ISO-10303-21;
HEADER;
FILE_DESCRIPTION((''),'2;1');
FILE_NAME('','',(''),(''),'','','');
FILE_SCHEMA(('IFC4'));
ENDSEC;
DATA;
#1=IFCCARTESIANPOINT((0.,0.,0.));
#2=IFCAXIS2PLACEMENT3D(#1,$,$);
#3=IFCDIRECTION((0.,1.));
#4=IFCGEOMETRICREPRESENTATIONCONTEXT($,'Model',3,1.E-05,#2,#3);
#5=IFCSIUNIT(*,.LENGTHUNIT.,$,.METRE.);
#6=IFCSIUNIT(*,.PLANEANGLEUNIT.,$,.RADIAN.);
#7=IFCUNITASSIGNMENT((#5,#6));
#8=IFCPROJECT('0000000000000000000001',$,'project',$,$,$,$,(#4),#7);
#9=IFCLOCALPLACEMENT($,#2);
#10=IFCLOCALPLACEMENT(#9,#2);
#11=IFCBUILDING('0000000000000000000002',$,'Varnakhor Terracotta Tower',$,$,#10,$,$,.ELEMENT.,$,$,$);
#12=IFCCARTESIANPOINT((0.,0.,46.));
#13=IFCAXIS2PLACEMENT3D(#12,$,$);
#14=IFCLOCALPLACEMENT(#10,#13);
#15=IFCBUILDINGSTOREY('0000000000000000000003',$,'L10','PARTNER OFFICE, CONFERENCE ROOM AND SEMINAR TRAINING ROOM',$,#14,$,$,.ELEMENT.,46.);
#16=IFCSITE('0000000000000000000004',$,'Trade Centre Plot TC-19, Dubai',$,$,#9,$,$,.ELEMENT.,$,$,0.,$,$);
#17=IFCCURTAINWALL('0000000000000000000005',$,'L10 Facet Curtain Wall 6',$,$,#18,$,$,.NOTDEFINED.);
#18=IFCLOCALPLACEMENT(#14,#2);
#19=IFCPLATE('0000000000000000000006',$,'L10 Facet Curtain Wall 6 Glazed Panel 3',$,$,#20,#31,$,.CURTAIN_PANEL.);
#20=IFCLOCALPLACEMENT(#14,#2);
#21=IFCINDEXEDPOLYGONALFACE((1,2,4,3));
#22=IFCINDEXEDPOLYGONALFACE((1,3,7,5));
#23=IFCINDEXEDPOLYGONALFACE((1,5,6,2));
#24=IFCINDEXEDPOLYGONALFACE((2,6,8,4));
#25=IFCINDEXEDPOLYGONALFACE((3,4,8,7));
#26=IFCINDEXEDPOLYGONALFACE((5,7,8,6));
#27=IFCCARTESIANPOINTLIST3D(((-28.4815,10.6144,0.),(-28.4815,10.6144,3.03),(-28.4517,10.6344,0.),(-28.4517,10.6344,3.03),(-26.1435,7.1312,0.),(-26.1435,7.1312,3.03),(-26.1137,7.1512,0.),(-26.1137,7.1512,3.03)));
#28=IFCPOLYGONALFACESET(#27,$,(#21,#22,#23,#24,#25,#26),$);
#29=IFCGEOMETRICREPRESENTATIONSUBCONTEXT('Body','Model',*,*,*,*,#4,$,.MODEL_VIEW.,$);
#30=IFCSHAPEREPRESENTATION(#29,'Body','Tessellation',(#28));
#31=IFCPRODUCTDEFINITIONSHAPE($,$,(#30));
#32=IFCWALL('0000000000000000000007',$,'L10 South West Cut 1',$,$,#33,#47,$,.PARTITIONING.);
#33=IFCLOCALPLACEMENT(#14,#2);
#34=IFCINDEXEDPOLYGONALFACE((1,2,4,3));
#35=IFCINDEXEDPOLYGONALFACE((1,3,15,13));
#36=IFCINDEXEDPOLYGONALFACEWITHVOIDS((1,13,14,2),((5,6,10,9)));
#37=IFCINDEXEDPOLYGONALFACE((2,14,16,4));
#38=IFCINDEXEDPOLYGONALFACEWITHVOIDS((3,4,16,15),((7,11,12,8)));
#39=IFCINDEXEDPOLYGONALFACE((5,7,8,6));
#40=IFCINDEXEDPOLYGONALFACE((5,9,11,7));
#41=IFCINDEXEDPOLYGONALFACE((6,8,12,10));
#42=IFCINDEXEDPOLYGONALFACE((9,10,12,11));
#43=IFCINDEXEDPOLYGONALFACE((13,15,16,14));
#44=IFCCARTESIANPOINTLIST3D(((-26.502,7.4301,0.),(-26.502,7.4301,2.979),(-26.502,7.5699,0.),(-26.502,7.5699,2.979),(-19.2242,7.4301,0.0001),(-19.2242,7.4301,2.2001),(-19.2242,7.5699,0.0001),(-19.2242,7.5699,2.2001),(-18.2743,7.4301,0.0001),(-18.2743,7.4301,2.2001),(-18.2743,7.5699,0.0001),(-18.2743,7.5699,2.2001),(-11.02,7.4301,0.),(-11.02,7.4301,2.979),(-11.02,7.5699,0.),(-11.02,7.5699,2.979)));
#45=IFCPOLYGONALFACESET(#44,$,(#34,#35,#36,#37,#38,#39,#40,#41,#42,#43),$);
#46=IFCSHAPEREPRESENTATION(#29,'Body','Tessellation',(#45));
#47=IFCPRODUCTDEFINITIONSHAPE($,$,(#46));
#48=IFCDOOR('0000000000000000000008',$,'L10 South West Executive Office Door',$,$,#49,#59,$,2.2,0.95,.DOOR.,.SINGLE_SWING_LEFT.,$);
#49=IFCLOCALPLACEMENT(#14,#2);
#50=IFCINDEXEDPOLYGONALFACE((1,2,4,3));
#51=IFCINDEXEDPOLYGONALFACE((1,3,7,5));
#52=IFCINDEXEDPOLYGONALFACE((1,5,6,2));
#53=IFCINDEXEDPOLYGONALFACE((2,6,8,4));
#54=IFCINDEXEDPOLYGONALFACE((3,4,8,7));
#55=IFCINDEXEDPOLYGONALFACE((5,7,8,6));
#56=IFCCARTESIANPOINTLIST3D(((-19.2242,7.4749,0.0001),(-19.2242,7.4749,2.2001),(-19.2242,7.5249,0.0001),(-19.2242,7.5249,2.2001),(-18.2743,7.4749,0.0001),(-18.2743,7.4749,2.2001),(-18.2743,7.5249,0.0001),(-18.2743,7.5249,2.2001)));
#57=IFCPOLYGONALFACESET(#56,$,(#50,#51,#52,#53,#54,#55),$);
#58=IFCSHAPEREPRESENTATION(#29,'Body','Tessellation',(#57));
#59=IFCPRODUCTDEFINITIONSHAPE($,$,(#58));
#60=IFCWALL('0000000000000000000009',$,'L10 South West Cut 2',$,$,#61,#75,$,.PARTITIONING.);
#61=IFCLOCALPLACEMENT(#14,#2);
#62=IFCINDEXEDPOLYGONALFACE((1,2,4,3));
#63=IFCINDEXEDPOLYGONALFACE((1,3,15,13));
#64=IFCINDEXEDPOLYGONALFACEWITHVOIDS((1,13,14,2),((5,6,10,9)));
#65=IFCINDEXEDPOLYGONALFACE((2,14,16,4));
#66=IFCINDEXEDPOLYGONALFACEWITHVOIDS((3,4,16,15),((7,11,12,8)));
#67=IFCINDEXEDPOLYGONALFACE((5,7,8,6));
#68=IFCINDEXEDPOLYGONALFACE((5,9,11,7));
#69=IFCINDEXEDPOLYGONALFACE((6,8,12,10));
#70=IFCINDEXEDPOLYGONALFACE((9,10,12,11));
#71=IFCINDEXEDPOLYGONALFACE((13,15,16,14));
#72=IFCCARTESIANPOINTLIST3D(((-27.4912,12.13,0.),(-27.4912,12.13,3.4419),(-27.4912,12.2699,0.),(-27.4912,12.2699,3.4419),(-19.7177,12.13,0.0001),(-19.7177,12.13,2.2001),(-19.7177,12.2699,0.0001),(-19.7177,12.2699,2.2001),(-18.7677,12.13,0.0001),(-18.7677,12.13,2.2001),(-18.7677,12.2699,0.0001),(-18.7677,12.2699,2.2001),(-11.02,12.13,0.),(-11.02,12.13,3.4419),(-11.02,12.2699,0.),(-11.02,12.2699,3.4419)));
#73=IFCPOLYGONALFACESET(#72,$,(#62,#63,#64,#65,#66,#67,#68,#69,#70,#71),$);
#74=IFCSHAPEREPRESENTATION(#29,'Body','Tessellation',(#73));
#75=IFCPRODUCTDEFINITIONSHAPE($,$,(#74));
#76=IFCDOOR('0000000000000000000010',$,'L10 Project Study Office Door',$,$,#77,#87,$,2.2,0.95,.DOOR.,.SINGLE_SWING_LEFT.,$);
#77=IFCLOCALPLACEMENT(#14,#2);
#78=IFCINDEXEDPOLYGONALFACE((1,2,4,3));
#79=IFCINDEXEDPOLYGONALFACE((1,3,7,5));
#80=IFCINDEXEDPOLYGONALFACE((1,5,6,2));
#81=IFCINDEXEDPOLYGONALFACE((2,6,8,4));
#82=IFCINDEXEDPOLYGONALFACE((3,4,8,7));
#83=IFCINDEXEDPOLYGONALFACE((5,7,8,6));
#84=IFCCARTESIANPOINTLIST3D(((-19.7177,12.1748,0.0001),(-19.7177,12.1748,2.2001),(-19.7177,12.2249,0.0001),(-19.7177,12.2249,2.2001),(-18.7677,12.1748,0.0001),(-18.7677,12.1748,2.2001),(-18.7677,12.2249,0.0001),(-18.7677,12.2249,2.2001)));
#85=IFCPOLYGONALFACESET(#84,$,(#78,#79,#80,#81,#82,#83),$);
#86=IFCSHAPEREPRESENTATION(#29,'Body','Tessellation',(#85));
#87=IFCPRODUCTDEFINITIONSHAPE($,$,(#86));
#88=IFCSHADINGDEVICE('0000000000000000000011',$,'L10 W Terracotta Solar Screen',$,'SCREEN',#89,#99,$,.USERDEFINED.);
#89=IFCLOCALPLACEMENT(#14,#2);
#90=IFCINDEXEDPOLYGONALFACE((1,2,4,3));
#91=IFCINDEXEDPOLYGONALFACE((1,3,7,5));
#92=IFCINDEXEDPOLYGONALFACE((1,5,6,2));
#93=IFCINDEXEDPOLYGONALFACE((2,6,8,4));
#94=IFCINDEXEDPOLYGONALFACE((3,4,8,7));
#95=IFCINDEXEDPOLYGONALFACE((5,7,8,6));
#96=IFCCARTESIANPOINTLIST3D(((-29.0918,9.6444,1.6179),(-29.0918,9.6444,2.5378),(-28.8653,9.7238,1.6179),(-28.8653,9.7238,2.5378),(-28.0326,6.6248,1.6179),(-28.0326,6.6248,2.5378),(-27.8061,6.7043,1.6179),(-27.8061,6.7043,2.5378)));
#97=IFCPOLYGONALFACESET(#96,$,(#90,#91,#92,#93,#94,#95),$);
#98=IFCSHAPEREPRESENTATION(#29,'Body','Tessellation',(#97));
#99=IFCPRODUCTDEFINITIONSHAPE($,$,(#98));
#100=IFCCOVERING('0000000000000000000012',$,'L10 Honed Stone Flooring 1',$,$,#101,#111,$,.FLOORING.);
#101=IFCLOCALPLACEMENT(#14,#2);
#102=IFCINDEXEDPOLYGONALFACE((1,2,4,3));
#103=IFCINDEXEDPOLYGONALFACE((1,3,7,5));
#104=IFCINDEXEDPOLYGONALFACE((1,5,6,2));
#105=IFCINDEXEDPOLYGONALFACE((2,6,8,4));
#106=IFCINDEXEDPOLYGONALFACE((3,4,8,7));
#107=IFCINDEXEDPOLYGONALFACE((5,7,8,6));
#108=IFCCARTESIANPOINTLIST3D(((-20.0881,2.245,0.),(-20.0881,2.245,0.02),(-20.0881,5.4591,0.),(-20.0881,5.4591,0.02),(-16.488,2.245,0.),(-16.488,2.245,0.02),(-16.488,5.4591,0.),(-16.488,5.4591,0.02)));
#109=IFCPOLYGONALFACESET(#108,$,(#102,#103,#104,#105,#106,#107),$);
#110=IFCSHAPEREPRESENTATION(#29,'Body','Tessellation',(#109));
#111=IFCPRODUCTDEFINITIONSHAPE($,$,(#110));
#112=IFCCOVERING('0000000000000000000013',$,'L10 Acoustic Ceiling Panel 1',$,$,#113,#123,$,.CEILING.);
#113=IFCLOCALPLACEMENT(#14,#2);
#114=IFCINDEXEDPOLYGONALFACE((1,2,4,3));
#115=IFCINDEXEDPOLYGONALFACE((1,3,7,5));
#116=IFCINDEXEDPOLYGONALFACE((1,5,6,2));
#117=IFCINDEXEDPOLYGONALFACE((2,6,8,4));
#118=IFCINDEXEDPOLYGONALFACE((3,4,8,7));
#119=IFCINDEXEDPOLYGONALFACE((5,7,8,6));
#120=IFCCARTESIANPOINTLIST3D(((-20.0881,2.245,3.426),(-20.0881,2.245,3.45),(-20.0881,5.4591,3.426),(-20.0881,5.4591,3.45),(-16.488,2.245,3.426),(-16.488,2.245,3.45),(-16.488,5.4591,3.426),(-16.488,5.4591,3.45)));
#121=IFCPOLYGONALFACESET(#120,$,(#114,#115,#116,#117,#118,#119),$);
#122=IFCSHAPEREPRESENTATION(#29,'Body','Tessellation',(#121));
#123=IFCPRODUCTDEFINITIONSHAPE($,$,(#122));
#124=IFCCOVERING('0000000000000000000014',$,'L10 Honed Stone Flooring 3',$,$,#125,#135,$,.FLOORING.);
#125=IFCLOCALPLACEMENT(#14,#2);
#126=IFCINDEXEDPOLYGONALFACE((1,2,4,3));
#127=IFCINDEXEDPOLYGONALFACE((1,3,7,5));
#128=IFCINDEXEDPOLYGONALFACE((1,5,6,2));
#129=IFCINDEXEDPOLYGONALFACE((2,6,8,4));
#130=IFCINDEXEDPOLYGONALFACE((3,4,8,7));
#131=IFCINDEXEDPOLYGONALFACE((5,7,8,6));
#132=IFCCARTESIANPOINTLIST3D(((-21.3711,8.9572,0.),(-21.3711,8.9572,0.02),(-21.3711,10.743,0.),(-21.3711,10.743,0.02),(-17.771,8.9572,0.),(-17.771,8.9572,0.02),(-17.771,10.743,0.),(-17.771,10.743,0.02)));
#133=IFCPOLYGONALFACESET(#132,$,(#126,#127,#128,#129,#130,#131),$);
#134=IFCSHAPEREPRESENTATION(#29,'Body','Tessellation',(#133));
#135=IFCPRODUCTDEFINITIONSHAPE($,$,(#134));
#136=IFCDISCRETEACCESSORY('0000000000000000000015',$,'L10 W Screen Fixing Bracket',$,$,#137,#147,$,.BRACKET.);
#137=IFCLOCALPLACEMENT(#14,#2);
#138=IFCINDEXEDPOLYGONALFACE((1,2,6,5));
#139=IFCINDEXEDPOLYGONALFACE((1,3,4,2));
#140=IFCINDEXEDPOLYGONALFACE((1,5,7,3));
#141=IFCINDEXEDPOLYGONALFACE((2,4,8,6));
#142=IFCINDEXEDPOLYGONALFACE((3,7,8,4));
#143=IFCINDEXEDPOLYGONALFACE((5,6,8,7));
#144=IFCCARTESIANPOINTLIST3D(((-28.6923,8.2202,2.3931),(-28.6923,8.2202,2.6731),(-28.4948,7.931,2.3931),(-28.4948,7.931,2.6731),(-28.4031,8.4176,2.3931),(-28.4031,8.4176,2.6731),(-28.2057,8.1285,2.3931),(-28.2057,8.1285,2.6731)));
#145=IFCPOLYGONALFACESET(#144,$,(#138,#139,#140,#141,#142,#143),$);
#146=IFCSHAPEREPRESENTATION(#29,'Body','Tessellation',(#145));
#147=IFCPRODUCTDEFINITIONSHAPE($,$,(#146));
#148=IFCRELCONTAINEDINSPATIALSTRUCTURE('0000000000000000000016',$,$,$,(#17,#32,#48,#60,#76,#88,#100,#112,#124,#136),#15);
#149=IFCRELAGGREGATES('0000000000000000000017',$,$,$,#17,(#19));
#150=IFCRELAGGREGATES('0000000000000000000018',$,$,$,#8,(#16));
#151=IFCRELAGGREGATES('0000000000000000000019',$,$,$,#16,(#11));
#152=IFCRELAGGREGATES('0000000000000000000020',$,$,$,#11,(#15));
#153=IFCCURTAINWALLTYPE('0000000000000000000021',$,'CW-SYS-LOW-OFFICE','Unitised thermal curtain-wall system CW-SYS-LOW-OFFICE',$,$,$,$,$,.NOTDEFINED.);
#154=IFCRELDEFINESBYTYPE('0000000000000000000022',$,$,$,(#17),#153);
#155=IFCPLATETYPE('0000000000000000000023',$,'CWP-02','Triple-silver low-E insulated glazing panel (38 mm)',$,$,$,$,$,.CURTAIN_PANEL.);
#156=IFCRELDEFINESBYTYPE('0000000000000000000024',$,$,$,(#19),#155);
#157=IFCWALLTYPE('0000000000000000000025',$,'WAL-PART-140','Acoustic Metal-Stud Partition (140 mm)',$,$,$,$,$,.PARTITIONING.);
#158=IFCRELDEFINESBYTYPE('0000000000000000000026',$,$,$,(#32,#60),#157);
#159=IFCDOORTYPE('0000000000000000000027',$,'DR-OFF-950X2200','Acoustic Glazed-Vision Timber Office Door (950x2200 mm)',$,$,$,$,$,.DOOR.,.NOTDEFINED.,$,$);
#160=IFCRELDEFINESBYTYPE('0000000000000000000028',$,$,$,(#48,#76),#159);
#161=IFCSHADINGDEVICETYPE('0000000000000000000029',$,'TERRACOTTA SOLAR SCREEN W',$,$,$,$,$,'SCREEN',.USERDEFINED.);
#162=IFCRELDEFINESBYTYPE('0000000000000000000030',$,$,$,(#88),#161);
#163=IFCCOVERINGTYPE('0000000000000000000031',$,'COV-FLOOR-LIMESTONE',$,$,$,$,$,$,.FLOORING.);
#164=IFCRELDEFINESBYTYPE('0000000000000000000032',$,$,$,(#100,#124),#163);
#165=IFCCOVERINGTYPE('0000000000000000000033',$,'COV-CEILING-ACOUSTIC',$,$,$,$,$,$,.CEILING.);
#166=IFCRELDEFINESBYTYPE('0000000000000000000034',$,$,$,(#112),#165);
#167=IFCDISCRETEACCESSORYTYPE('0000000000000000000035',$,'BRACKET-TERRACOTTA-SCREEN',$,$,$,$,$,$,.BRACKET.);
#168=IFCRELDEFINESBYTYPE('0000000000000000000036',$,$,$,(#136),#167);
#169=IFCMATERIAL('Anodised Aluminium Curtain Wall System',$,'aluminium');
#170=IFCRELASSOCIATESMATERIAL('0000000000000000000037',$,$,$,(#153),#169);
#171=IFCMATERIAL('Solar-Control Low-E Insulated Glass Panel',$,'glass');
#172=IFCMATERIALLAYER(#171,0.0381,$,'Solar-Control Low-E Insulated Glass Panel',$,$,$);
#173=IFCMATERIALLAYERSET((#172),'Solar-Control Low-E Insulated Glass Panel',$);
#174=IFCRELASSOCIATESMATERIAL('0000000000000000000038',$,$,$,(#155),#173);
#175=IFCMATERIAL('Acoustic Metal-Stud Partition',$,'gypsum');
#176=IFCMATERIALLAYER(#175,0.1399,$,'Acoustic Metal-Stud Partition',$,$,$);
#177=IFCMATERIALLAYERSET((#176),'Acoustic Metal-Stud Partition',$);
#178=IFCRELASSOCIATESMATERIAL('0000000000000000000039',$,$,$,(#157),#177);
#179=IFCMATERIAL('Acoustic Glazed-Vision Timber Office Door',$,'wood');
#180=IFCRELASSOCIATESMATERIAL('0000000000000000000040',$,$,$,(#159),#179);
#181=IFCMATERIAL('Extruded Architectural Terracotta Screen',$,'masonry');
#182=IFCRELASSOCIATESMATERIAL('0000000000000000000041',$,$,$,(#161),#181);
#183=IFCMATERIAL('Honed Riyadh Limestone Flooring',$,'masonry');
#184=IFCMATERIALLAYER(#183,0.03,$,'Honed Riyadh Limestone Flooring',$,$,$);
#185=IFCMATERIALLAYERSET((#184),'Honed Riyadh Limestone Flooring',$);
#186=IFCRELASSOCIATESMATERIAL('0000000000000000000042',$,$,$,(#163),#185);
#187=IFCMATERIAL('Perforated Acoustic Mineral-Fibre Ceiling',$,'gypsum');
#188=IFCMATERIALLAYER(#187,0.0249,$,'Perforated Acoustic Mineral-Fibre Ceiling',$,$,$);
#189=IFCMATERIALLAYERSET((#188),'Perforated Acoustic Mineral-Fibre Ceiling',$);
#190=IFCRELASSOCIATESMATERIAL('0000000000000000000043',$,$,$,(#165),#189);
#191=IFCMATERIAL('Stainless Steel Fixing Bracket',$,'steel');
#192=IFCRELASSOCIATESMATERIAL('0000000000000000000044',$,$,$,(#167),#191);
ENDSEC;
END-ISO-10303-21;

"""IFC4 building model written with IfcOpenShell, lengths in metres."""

from ifc_helpers import new_model, si_unit, direction, frame, frame_2d, origin, origin_2d, place, context, subcontext, project, spatial, rectangle, extrude, source, transform, mapped, material, layer, layer_set, type_object, type_shapes, element, fill, aggregate, save


model = new_model("IFC4")

# Units and contexts
model_context = context("Model", 3, precision=1e-05, world=origin(), true_north=direction((0.0, 1.0)))
body_context = subcontext(model_context, "Body", "Model", "MODEL_VIEW")
ifc_project = project(units=[si_unit("LENGTHUNIT", "METRE"), si_unit("PLANEANGLEUNIT", "RADIAN")], contexts=[model_context])

# Site, building, storey
site_placement = place(None, origin())
site = spatial("IfcSite", under=ifc_project, at=site_placement, Name="Trade Centre Plot TC-19, Dubai", CompositionType="ELEMENT", RefElevation=0.0)
building_placement = place(site_placement, origin())
building = spatial("IfcBuilding", under=site, at=building_placement, Name="Varnakhor Terracotta Tower", CompositionType="ELEMENT")
storey_placement = place(building_placement, frame((0.0, 0.0, 46.0)))
storey = spatial("IfcBuildingStorey", under=building, at=storey_placement, Name="L10", Description="PARTNER OFFICE, CONFERENCE ROOM AND SEMINAR TRAINING ROOM", CompositionType="ELEMENT", Elevation=46.0)

# Shared definitions
ifc_material_1 = material(Name="Anodised Aluminium Curtain Wall System", Category="aluminium")
curtain_wall_type = type_object("IfcCurtainWallType", Name="CW-SYS-LOW-OFFICE", Description="Unitised thermal curtain-wall system CW-SYS-LOW-OFFICE", PredefinedType="NOTDEFINED", material=ifc_material_1)

# Curtain wall
curtain_wall_1_placement = place(storey_placement, origin())
curtain_wall_1 = element("IfcCurtainWall", 1, at=curtain_wall_1_placement, inside=storey, type_object=curtain_wall_type, Name="L10 Facet Curtain Wall 6", PredefinedType="NOTDEFINED")

# Plate
ifc_material_2 = material(Name="Solar-Control Low-E Insulated Glass Panel", Category="glass")
ifc_layer_1 = layer(ifc_material_2, 0.0381, Name="Solar-Control Low-E Insulated Glass Panel")
ifc_layer_set_1 = layer_set([ifc_layer_1], Name="Solar-Control Low-E Insulated Glass Panel")
plate_type = type_object("IfcPlateType", Name="CWP-02", Description="Triple-silver low-E insulated glazing panel (38 mm)", PredefinedType="CURTAIN_PANEL", material=ifc_layer_set_1)
shared_shape_1 = source(origin(), body_context, "Body", "SweptSolid", [
    extrude(rectangle(XDim=4.1951, YDim=0.0359, at=origin_2d()), origin(), (0.0, 0.0, 1.0), 3.03),
])
plate_1_placement = place(storey_placement, frame((-27.2976, 8.8828, 0.0), z_axis=(0.0, 0.0, 1.0), x_axis=(-0.55731, 0.830304, 0.0)))
plate_1 = element("IfcPlate", 2, at=plate_1_placement, type_object=plate_type, Name="L10 Facet Curtain Wall 6 Glazed Panel 3", PredefinedType="CURTAIN_PANEL", context=body_context, shape_type="MappedRepresentation", body=[
    mapped(shared_shape_1, transform((0.0, 0.0, 0.0), scale=1.0)),
])
aggregate(curtain_wall_1, [plate_1])

# Walls, openings, doors
ifc_material_3 = material(Name="Acoustic Metal-Stud Partition", Category="gypsum")
ifc_layer_2 = layer(ifc_material_3, 0.1399, Name="Acoustic Metal-Stud Partition")
ifc_layer_set_2 = layer_set([ifc_layer_2], Name="Acoustic Metal-Stud Partition")
wall_type = type_object("IfcWallType", Name="WAL-PART-140", Description="Acoustic Metal-Stud Partition (140 mm)", PredefinedType="PARTITIONING", material=ifc_layer_set_2)
wall_1_placement = place(storey_placement, frame((-26.502, 7.5, 0.0), z_axis=(0.0, 0.0, 1.0), x_axis=(1.0, 0.0, 0.0)))
wall_1 = element("IfcWall", 3, at=wall_1_placement, inside=storey, type_object=wall_type, Name="L10 South West Cut 1", PredefinedType="PARTITIONING", context=body_context, shape_type="SweptSolid", body=[
    extrude(rectangle(XDim=15.4819, YDim=0.1399, at=frame_2d((7.741, 0.0))), origin(), (0.0, 0.0, 1.0), 2.979),
])
opening_1_placement = place(wall_1_placement, frame((7.2776, 0.0, 0.0)))
opening_1 = element("IfcOpeningElement", 4, at=opening_1_placement, cuts=wall_1, PredefinedType="OPENING", context=body_context, shape_type="SweptSolid", body=[
    extrude(rectangle(XDim=0.95, YDim=2.2, at=frame_2d((0.4751, 1.1001))), frame((0.0, 0.0801, 0.0), z_axis=(0.0, -1.0, 0.0), x_axis=(1.0, 0.0, 0.0)), (0.0, 0.0, 1.0), 0.1599),
])
ifc_material_4 = material(Name="Acoustic Glazed-Vision Timber Office Door", Category="wood")
door_type = type_object("IfcDoorType", Name="DR-OFF-950X2200", Description="Acoustic Glazed-Vision Timber Office Door (950x2200 mm)", OperationType="NOTDEFINED", PredefinedType="DOOR", material=ifc_material_4)
shared_shape_2 = source(origin(), body_context, "Body", "SweptSolid", [
    extrude(rectangle(XDim=0.95, YDim=2.2, at=frame_2d((0.4751, 1.1001))), frame((0.0, 0.0249, 0.0), z_axis=(0.0, -1.0, 0.0), x_axis=(1.0, 0.0, 0.0)), (0.0, 0.0, 1.0), 0.05),
])
type_shapes(door_type, [shared_shape_2])
door_1_placement = place(opening_1_placement, origin())
door_1 = element("IfcDoor", 5, at=door_1_placement, inside=storey, type_object=door_type, Name="L10 South West Executive Office Door", OperationType="SINGLE_SWING_LEFT", OverallHeight=2.2, OverallWidth=0.95, PredefinedType="DOOR", context=body_context, shape_type="MappedRepresentation", body=[
    mapped(shared_shape_2, transform((0.0, 0.0, 0.0), scale=1.0)),
])
fill(opening_1, door_1)
wall_2_placement = place(storey_placement, frame((-27.4912, 12.2, 0.0), z_axis=(0.0, 0.0, 1.0), x_axis=(1.0, 0.0, 0.0)))
wall_2 = element("IfcWall", 6, at=wall_2_placement, inside=storey, type_object=wall_type, Name="L10 South West Cut 2", PredefinedType="PARTITIONING", context=body_context, shape_type="SweptSolid", body=[
    extrude(rectangle(XDim=16.4712, YDim=0.1399, at=frame_2d((8.2356, 0.0))), origin(), (0.0, 0.0, 1.0), 3.4419),
])
opening_2_placement = place(wall_2_placement, frame((7.7734, 0.0, 0.0)))
opening_2 = element("IfcOpeningElement", 7, at=opening_2_placement, cuts=wall_2, PredefinedType="OPENING", context=body_context, shape_type="SweptSolid", body=[
    extrude(rectangle(XDim=0.95, YDim=2.2, at=frame_2d((0.4751, 1.1001))), frame((0.0, 0.0801, 0.0), z_axis=(0.0, -1.0, 0.0), x_axis=(1.0, 0.0, 0.0)), (0.0, 0.0, 1.0), 0.1599),
])
door_2_placement = place(opening_2_placement, origin())
door_2 = element("IfcDoor", 8, at=door_2_placement, inside=storey, type_object=door_type, Name="L10 Project Study Office Door", OperationType="SINGLE_SWING_LEFT", OverallHeight=2.2, OverallWidth=0.95, PredefinedType="DOOR", context=body_context, shape_type="MappedRepresentation", body=[
    mapped(shared_shape_2, transform((0.0, 0.0, 0.0), scale=1.0)),
])
fill(opening_2, door_2)

# Shading device
ifc_material_5 = material(Name="Extruded Architectural Terracotta Screen", Category="masonry")
shading_device_type = type_object("IfcShadingDeviceType", Name="TERRACOTTA SOLAR SCREEN W", ElementType="SCREEN", PredefinedType="USERDEFINED", material=ifc_material_5)
shared_shape_3 = source(origin(), body_context, "Body", "SweptSolid", [
    extrude(rectangle(XDim=3.2, YDim=0.24, at=origin_2d()), origin(), (0.0, 0.0, 1.0), 0.9199),
])
type_shapes(shading_device_type, [shared_shape_3])
shading_device_placement = place(storey_placement, frame((-28.449, 8.1743, 1.6179), z_axis=(0.0, 0.0, 1.0), x_axis=(0.331009, -0.943628, 0.0)))
element("IfcShadingDevice", 9, at=shading_device_placement, inside=storey, type_object=shading_device_type, Name="L10 W Terracotta Solar Screen", ObjectType="SCREEN", PredefinedType="USERDEFINED", context=body_context, shape_type="MappedRepresentation", body=[
    mapped(shared_shape_3, transform((0.0, 0.0, 0.0), scale=1.0)),
])

# Coverings
ifc_material_6 = material(Name="Honed Riyadh Limestone Flooring", Category="masonry")
ifc_layer_3 = layer(ifc_material_6, 0.03, Name="Honed Riyadh Limestone Flooring")
ifc_layer_set_3 = layer_set([ifc_layer_3], Name="Honed Riyadh Limestone Flooring")
covering_type_1 = type_object("IfcCoveringType", Name="COV-FLOOR-LIMESTONE", PredefinedType="FLOORING", material=ifc_layer_set_3)
shared_shape_4 = source(origin(), body_context, "Body", "SweptSolid", [
    extrude(rectangle(XDim=3.6001, YDim=3.2141, at=origin_2d()), origin(), (0.0, 0.0, 1.0), 0.02),
])
covering_1_placement = place(storey_placement, frame((-18.2881, 3.8521, 0.0), z_axis=(0.0, 0.0, 1.0), x_axis=(1.0, 0.0, 0.0)))
element("IfcCovering", 10, at=covering_1_placement, inside=storey, type_object=covering_type_1, Name="L10 Honed Stone Flooring 1", PredefinedType="FLOORING", context=body_context, shape_type="MappedRepresentation", body=[
    mapped(shared_shape_4, transform((0.0, 0.0, 0.0), scale=1.0)),
])
ifc_material_7 = material(Name="Perforated Acoustic Mineral-Fibre Ceiling", Category="gypsum")
ifc_layer_4 = layer(ifc_material_7, 0.0249, Name="Perforated Acoustic Mineral-Fibre Ceiling")
ifc_layer_set_4 = layer_set([ifc_layer_4], Name="Perforated Acoustic Mineral-Fibre Ceiling")
covering_type_2 = type_object("IfcCoveringType", Name="COV-CEILING-ACOUSTIC", PredefinedType="CEILING", material=ifc_layer_set_4)
shared_shape_5 = source(origin(), body_context, "Body", "SweptSolid", [
    extrude(rectangle(XDim=3.6001, YDim=3.2141, at=origin_2d()), origin(), (0.0, 0.0, 1.0), 0.0239),
])
covering_2_placement = place(storey_placement, frame((-18.2881, 3.8521, 3.426), z_axis=(0.0, 0.0, 1.0), x_axis=(1.0, 0.0, 0.0)))
element("IfcCovering", 11, at=covering_2_placement, inside=storey, type_object=covering_type_2, Name="L10 Acoustic Ceiling Panel 1", PredefinedType="CEILING", context=body_context, shape_type="MappedRepresentation", body=[
    mapped(shared_shape_5, transform((0.0, 0.0, 0.0), scale=1.0)),
])
shared_shape_6 = source(origin(), body_context, "Body", "SweptSolid", [
    extrude(rectangle(XDim=3.6001, YDim=1.7859, at=origin_2d()), origin(), (0.0, 0.0, 1.0), 0.02),
])
covering_3_placement = place(storey_placement, frame((-19.571, 9.8501, 0.0), z_axis=(0.0, 0.0, 1.0), x_axis=(1.0, 0.0, 0.0)))
element("IfcCovering", 12, at=covering_3_placement, inside=storey, type_object=covering_type_1, Name="L10 Honed Stone Flooring 3", PredefinedType="FLOORING", context=body_context, shape_type="MappedRepresentation", body=[
    mapped(shared_shape_6, transform((0.0, 0.0, 0.0), scale=1.0)),
])

# Discrete accessory
ifc_material_8 = material(Name="Stainless Steel Fixing Bracket", Category="steel")
discrete_accessory_type = type_object("IfcDiscreteAccessoryType", Name="BRACKET-TERRACOTTA-SCREEN", PredefinedType="BRACKET", material=ifc_material_8)
shared_shape_7 = source(origin(), body_context, "Body", "SweptSolid", [
    extrude(rectangle(XDim=0.3501, YDim=0.3501, at=origin_2d()), origin(), (0.0, 0.0, 1.0), 0.28),
])
type_shapes(discrete_accessory_type, [shared_shape_7])
discrete_accessory_placement = place(storey_placement, frame((-28.449, 8.1743, 2.3931), z_axis=(0.0, 0.0, 1.0), x_axis=(0.563959, -0.825803, 0.0)))
element("IfcDiscreteAccessory", 13, at=discrete_accessory_placement, inside=storey, type_object=discrete_accessory_type, Name="L10 W Screen Fixing Bracket", PredefinedType="BRACKET", context=body_context, shape_type="MappedRepresentation", body=[
    mapped(shared_shape_7, transform((0.0, 0.0, 0.0), scale=1.0)),
])

save(model, "model.ifc")
